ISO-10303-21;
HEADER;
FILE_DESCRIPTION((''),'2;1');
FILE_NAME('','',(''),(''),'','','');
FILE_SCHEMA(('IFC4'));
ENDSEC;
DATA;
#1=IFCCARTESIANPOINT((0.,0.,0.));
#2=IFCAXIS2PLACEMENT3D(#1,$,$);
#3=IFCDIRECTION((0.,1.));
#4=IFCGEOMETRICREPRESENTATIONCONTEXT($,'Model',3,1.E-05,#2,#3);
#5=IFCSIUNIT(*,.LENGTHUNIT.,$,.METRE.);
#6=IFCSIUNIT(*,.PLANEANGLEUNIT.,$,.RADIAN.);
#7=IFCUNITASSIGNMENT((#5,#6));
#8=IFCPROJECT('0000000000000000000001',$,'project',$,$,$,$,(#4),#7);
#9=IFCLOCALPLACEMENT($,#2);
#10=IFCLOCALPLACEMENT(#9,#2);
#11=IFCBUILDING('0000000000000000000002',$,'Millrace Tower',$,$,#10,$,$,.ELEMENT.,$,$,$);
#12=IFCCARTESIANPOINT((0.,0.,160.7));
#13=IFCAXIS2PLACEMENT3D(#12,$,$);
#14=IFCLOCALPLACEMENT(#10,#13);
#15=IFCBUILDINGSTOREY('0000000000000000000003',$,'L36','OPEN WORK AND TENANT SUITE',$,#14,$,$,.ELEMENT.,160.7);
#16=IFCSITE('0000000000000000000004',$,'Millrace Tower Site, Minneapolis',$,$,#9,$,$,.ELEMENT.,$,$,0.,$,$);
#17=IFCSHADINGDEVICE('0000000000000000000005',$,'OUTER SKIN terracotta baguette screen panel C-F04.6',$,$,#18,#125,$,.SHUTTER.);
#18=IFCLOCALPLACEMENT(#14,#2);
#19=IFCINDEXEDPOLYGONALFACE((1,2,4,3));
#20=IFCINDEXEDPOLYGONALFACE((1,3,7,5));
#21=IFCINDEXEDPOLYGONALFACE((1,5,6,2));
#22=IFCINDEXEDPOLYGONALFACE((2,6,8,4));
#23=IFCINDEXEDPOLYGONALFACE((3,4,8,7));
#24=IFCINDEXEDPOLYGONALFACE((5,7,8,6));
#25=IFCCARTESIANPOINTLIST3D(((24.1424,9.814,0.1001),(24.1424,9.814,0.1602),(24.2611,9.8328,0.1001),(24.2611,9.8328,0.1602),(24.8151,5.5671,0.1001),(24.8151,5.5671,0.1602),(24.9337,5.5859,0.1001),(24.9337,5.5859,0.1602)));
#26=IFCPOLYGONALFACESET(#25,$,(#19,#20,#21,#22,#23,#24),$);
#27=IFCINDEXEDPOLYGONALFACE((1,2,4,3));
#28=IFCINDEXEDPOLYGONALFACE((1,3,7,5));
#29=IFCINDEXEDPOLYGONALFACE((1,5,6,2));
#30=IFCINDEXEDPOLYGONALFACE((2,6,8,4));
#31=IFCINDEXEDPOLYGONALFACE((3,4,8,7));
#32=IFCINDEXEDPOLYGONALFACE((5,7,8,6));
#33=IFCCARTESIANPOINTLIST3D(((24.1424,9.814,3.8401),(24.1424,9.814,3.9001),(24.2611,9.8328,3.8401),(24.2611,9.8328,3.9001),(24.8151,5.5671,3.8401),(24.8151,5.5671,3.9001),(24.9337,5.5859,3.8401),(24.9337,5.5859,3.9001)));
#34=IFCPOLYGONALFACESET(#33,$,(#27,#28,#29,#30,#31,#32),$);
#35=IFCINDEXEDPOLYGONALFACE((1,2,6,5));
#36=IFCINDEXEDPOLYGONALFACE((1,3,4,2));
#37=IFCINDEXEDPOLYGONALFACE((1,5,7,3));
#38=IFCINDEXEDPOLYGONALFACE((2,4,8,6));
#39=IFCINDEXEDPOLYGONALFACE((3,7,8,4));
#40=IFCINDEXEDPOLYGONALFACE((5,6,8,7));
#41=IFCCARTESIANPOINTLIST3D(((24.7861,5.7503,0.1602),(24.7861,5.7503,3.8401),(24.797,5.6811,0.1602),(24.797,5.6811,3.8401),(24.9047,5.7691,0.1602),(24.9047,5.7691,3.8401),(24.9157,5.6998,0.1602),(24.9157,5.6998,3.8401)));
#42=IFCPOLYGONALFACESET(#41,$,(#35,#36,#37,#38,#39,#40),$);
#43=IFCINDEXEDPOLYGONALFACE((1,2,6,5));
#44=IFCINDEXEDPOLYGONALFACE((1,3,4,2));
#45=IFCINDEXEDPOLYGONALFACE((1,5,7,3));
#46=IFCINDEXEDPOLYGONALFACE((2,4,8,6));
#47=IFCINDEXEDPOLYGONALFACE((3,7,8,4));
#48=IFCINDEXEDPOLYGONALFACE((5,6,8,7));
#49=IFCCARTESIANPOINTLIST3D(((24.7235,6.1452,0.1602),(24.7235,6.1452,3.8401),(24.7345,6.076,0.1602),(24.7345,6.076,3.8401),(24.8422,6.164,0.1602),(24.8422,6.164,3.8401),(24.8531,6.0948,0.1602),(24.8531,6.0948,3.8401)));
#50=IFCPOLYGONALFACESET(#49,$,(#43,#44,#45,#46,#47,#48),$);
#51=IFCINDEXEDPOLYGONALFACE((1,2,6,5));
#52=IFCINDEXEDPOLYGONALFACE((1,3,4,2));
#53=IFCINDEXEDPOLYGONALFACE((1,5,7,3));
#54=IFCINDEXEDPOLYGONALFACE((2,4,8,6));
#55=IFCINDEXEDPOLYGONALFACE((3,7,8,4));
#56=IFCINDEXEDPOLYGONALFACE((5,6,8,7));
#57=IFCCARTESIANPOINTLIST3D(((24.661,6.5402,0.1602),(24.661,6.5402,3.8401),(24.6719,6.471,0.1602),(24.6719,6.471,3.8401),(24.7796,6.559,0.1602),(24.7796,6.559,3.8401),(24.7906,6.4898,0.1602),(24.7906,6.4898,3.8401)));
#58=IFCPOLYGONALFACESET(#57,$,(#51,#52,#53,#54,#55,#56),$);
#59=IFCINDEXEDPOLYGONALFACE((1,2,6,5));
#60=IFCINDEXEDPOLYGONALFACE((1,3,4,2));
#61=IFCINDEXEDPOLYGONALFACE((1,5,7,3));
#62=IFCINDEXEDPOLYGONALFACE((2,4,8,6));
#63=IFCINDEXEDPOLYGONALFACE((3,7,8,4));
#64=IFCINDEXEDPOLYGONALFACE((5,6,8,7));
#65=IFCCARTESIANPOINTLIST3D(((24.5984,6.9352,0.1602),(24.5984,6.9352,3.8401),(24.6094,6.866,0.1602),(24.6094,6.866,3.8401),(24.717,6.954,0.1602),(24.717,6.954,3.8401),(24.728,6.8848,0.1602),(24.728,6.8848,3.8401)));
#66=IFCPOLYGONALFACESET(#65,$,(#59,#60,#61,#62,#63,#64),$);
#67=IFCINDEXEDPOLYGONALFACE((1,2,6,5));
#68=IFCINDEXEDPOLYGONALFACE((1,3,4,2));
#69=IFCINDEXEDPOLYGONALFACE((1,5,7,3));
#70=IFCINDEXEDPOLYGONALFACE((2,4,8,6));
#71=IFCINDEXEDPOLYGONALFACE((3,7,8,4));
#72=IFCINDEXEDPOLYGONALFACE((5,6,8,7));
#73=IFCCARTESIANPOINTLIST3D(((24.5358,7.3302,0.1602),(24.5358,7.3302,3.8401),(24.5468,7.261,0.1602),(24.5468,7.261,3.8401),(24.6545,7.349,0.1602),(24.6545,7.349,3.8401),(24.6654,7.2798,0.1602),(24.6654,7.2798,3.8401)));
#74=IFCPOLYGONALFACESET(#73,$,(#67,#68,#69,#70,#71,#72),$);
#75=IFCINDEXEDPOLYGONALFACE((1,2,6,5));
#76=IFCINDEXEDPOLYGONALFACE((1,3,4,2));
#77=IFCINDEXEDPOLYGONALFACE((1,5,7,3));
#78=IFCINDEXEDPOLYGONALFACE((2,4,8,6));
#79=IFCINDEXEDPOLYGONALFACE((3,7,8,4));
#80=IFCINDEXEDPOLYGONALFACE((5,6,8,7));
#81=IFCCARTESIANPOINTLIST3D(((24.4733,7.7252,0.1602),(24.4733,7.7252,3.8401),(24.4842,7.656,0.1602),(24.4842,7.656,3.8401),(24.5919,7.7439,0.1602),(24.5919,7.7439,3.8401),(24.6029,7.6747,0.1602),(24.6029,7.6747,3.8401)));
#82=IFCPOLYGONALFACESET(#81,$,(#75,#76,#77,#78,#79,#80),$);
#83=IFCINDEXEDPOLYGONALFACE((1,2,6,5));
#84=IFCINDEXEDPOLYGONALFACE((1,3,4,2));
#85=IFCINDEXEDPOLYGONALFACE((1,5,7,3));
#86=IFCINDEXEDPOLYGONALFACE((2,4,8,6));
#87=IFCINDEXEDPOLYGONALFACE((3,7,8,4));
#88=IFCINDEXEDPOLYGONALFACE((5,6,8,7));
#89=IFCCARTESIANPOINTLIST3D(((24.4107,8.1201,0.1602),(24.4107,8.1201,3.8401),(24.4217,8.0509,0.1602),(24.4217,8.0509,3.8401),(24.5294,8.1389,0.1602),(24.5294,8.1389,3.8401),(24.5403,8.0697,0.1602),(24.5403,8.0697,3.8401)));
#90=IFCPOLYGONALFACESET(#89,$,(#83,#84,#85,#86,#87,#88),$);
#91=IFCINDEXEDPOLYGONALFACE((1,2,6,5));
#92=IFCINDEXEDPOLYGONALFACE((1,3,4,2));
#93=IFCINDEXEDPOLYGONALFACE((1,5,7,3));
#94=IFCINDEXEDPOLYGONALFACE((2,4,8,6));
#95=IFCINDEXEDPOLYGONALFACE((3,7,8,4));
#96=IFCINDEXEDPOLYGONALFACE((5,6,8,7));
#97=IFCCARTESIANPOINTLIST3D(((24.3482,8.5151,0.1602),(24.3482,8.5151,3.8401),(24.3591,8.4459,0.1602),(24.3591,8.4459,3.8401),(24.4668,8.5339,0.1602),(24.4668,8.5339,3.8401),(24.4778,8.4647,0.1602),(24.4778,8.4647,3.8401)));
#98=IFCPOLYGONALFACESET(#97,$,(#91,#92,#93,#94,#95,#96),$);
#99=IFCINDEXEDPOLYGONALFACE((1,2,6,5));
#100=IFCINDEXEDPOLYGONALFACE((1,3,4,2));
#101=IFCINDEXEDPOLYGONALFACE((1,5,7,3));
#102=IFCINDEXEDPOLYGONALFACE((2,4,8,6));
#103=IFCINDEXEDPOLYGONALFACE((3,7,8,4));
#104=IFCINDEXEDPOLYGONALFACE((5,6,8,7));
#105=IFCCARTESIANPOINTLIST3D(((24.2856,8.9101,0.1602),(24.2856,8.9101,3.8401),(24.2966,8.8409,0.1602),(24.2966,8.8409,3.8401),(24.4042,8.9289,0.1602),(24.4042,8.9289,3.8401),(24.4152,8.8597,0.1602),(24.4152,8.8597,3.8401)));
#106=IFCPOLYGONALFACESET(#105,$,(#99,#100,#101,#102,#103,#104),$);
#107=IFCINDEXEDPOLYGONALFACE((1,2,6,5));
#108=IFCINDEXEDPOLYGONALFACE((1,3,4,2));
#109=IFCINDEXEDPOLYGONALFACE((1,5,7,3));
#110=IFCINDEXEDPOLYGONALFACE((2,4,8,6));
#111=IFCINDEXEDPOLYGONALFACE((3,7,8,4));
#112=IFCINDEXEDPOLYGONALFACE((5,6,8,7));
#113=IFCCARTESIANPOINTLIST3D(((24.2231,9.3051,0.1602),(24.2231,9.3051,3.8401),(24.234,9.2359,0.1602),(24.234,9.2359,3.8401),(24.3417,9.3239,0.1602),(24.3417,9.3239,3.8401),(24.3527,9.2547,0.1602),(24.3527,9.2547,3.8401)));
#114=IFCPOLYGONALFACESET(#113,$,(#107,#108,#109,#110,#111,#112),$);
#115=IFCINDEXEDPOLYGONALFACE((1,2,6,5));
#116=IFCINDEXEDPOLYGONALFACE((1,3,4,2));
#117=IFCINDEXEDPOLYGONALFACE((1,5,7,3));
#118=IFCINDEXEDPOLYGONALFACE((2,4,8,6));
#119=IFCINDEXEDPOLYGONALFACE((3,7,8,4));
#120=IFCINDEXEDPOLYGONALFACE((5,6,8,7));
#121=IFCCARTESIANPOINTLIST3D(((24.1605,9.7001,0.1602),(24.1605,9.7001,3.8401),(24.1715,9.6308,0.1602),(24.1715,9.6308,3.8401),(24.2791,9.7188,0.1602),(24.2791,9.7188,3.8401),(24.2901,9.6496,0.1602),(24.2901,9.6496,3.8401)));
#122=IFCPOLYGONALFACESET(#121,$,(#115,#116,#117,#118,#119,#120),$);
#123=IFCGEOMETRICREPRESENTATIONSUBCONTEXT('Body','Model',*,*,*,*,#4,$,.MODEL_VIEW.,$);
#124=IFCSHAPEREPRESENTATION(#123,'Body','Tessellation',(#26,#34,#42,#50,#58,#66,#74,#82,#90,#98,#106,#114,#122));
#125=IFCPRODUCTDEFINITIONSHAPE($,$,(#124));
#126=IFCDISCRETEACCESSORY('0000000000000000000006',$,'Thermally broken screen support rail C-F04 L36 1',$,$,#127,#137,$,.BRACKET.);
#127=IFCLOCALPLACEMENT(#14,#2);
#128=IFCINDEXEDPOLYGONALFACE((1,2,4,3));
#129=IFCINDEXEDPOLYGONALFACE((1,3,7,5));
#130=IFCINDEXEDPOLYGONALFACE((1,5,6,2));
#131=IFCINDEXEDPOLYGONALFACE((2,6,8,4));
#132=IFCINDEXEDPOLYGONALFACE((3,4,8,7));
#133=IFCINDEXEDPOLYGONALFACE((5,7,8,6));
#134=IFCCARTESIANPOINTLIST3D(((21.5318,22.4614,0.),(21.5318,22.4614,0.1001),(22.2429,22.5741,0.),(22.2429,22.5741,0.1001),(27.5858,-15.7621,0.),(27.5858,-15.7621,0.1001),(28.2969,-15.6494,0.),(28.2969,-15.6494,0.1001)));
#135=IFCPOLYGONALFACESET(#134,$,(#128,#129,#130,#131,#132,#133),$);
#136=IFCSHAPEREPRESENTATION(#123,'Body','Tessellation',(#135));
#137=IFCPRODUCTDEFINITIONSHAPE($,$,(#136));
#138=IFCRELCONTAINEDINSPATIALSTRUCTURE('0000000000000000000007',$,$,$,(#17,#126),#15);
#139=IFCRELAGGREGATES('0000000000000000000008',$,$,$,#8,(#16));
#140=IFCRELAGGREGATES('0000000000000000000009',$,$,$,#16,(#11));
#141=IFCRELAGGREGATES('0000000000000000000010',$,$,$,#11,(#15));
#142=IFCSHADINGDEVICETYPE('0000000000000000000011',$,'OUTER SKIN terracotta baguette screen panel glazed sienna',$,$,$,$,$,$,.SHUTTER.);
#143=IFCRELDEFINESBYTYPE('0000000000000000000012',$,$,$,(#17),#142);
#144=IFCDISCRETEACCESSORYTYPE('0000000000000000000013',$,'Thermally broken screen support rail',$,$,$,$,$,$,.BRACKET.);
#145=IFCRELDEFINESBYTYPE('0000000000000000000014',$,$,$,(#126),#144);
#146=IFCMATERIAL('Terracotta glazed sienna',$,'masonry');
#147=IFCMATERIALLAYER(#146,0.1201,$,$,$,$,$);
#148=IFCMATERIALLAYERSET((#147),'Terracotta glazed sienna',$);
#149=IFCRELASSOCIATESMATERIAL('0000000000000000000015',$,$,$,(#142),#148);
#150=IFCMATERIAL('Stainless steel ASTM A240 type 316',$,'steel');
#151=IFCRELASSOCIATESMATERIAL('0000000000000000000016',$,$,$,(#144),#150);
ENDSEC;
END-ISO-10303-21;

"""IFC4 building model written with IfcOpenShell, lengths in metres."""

from ifc_helpers import new_model, entity, si_unit, direction, frame, frame_2d, origin, origin_2d, place, context, subcontext, project, spatial, rectangle, extrude, source, transform, mapped, material, layer, layer_set, type_object, element, save


model = new_model("IFC4")

# Units and contexts
model_context = context("Model", 3, precision=1e-05, world=origin(), true_north=direction((0.0, 1.0)))
body_context = subcontext(model_context, "Body", "Model", "MODEL_VIEW")
ifc_project = project(units=[si_unit("LENGTHUNIT", "METRE"), si_unit("PLANEANGLEUNIT", "RADIAN")], contexts=[model_context])

# Site, building, storey
site_placement = place(None, origin())
site = spatial("IfcSite", under=ifc_project, at=site_placement, Name="Millrace Tower Site, Minneapolis", CompositionType="ELEMENT", RefElevation=0.0)
building_placement = place(site_placement, origin())
building = spatial("IfcBuilding", under=site, at=building_placement, Name="Millrace Tower", CompositionType="ELEMENT")
storey_placement = place(building_placement, frame((0.0, 0.0, 160.7)))
storey = spatial("IfcBuildingStorey", under=building, at=storey_placement, Name="L36", Description="OPEN WORK AND TENANT SUITE", CompositionType="ELEMENT", Elevation=160.7)

# Shading device
ifc_material_1 = material(Name="Terracotta glazed sienna", Category="masonry")
ifc_layer_1 = layer(ifc_material_1, 0.1201)
ifc_layer_set_1 = layer_set([ifc_layer_1], Name="Terracotta glazed sienna")
shading_device_type = type_object("IfcShadingDeviceType", Name="OUTER SKIN terracotta baguette screen panel glazed sienna", PredefinedType="SHUTTER", material=ifc_layer_set_1)
cartesian_point = entity("IfcCartesianPoint", [-2.1499, 0.0601])
shared_polyline = entity("IfcPolyline", [cartesian_point, entity("IfcCartesianPoint", [2.1499, 0.0601]), entity("IfcCartesianPoint", [2.1499, -0.0601]), entity("IfcCartesianPoint", [-2.1499, -0.0601]), cartesian_point])
shared_shape = source(origin(), body_context, "Body", "SweptSolid", [
    entity("IfcExtrudedAreaSolid", entity("IfcArbitraryClosedProfileDef", "AREA", None, shared_polyline), entity("IfcAxis2Placement3D", entity("IfcCartesianPoint", [0.0, 0.0, 0.0])), entity("IfcDirection", [0.0, 0.0, 1.0]), 0.0601),
    entity("IfcExtrudedAreaSolid", entity("IfcArbitraryClosedProfileDef", "AREA", None, shared_polyline), entity("IfcAxis2Placement3D", entity("IfcCartesianPoint", [0.0, 0.0, 3.74])), entity("IfcDirection", [0.0, 0.0, 1.0]), 0.0601),
    extrude(rectangle(XDim=0.0701, YDim=0.1201, at=frame_2d((-1.9995, 0.0))), frame((0.0, 0.0, 0.0601)), (0.0, 0.0, 1.0), 3.6799),
    extrude(rectangle(XDim=0.0701, YDim=0.1201, at=frame_2d((-1.5996, 0.0))), frame((0.0, 0.0, 0.0601)), (0.0, 0.0, 1.0), 3.6799),
    extrude(rectangle(XDim=0.0701, YDim=0.1201, at=frame_2d((-1.1997, 0.0))), frame((0.0, 0.0, 0.0601)), (0.0, 0.0, 1.0), 3.6799),
    extrude(rectangle(XDim=0.0701, YDim=0.1201, at=frame_2d((-0.7998, 0.0))), frame((0.0, 0.0, 0.0601)), (0.0, 0.0, 1.0), 3.6799),
    extrude(rectangle(XDim=0.0701, YDim=0.1201, at=frame_2d((-0.3999, 0.0))), frame((0.0, 0.0, 0.0601)), (0.0, 0.0, 1.0), 3.6799),
    extrude(rectangle(XDim=0.0701, YDim=0.1201, at=origin_2d()), frame((0.0, 0.0, 0.0601)), (0.0, 0.0, 1.0), 3.6799),
    extrude(rectangle(XDim=0.0701, YDim=0.1201, at=frame_2d((0.3999, 0.0))), frame((0.0, 0.0, 0.0601)), (0.0, 0.0, 1.0), 3.6799),
    extrude(rectangle(XDim=0.0701, YDim=0.1201, at=frame_2d((0.7998, 0.0))), frame((0.0, 0.0, 0.0601)), (0.0, 0.0, 1.0), 3.6799),
    extrude(rectangle(XDim=0.0701, YDim=0.1201, at=frame_2d((1.1997, 0.0))), frame((0.0, 0.0, 0.0601)), (0.0, 0.0, 1.0), 3.6799),
    extrude(rectangle(XDim=0.0701, YDim=0.1201, at=frame_2d((1.5996, 0.0))), frame((0.0, 0.0, 0.0601)), (0.0, 0.0, 1.0), 3.6799),
    extrude(rectangle(XDim=0.0701, YDim=0.1201, at=frame_2d((1.9995, 0.0))), frame((0.0, 0.0, 0.0601)), (0.0, 0.0, 1.0), 3.6799),
])
for number, where, z_axis, x_axis, name in (
    (1, (24.5381, 7.7, 0.1001), (0.0, 0.0, 1.0), (-0.156434, 0.987688, 0.0), "OUTER SKIN terracotta baguette screen panel C-F04.6"),
):
    element("IfcShadingDevice", number, at=place(storey_placement, frame(where, z_axis=z_axis, x_axis=x_axis)), inside=storey, type_object=shading_device_type, Name=name, PredefinedType="SHUTTER", context=body_context, shape_type="MappedRepresentation", body=[
        mapped(shared_shape, transform((0.0, 0.0, 0.0), scale=1.0)),
    ])

# Discrete accessory
ifc_material_2 = material(Name="Stainless steel ASTM A240 type 316", Category="steel")
discrete_accessory_type = type_object("IfcDiscreteAccessoryType", Name="Thermally broken screen support rail", PredefinedType="BRACKET", material=ifc_material_2)
discrete_accessory_placement = place(storey_placement, frame((24.9143, 3.406, 0.0), z_axis=(0.0, 0.0, 1.0), x_axis=(-0.156434, 0.987688, 0.0)))
element("IfcDiscreteAccessory", 2, at=discrete_accessory_placement, inside=storey, type_object=discrete_accessory_type, Name="Thermally broken screen support rail C-F04 L36 1", PredefinedType="BRACKET", context=body_context, shape_type="SweptSolid", body=[
    extrude(rectangle(XDim=38.7, YDim=0.72, at=origin_2d()), origin(), (0.0, 0.0, 1.0), 0.1001),
])

save(model, "model.ifc")
